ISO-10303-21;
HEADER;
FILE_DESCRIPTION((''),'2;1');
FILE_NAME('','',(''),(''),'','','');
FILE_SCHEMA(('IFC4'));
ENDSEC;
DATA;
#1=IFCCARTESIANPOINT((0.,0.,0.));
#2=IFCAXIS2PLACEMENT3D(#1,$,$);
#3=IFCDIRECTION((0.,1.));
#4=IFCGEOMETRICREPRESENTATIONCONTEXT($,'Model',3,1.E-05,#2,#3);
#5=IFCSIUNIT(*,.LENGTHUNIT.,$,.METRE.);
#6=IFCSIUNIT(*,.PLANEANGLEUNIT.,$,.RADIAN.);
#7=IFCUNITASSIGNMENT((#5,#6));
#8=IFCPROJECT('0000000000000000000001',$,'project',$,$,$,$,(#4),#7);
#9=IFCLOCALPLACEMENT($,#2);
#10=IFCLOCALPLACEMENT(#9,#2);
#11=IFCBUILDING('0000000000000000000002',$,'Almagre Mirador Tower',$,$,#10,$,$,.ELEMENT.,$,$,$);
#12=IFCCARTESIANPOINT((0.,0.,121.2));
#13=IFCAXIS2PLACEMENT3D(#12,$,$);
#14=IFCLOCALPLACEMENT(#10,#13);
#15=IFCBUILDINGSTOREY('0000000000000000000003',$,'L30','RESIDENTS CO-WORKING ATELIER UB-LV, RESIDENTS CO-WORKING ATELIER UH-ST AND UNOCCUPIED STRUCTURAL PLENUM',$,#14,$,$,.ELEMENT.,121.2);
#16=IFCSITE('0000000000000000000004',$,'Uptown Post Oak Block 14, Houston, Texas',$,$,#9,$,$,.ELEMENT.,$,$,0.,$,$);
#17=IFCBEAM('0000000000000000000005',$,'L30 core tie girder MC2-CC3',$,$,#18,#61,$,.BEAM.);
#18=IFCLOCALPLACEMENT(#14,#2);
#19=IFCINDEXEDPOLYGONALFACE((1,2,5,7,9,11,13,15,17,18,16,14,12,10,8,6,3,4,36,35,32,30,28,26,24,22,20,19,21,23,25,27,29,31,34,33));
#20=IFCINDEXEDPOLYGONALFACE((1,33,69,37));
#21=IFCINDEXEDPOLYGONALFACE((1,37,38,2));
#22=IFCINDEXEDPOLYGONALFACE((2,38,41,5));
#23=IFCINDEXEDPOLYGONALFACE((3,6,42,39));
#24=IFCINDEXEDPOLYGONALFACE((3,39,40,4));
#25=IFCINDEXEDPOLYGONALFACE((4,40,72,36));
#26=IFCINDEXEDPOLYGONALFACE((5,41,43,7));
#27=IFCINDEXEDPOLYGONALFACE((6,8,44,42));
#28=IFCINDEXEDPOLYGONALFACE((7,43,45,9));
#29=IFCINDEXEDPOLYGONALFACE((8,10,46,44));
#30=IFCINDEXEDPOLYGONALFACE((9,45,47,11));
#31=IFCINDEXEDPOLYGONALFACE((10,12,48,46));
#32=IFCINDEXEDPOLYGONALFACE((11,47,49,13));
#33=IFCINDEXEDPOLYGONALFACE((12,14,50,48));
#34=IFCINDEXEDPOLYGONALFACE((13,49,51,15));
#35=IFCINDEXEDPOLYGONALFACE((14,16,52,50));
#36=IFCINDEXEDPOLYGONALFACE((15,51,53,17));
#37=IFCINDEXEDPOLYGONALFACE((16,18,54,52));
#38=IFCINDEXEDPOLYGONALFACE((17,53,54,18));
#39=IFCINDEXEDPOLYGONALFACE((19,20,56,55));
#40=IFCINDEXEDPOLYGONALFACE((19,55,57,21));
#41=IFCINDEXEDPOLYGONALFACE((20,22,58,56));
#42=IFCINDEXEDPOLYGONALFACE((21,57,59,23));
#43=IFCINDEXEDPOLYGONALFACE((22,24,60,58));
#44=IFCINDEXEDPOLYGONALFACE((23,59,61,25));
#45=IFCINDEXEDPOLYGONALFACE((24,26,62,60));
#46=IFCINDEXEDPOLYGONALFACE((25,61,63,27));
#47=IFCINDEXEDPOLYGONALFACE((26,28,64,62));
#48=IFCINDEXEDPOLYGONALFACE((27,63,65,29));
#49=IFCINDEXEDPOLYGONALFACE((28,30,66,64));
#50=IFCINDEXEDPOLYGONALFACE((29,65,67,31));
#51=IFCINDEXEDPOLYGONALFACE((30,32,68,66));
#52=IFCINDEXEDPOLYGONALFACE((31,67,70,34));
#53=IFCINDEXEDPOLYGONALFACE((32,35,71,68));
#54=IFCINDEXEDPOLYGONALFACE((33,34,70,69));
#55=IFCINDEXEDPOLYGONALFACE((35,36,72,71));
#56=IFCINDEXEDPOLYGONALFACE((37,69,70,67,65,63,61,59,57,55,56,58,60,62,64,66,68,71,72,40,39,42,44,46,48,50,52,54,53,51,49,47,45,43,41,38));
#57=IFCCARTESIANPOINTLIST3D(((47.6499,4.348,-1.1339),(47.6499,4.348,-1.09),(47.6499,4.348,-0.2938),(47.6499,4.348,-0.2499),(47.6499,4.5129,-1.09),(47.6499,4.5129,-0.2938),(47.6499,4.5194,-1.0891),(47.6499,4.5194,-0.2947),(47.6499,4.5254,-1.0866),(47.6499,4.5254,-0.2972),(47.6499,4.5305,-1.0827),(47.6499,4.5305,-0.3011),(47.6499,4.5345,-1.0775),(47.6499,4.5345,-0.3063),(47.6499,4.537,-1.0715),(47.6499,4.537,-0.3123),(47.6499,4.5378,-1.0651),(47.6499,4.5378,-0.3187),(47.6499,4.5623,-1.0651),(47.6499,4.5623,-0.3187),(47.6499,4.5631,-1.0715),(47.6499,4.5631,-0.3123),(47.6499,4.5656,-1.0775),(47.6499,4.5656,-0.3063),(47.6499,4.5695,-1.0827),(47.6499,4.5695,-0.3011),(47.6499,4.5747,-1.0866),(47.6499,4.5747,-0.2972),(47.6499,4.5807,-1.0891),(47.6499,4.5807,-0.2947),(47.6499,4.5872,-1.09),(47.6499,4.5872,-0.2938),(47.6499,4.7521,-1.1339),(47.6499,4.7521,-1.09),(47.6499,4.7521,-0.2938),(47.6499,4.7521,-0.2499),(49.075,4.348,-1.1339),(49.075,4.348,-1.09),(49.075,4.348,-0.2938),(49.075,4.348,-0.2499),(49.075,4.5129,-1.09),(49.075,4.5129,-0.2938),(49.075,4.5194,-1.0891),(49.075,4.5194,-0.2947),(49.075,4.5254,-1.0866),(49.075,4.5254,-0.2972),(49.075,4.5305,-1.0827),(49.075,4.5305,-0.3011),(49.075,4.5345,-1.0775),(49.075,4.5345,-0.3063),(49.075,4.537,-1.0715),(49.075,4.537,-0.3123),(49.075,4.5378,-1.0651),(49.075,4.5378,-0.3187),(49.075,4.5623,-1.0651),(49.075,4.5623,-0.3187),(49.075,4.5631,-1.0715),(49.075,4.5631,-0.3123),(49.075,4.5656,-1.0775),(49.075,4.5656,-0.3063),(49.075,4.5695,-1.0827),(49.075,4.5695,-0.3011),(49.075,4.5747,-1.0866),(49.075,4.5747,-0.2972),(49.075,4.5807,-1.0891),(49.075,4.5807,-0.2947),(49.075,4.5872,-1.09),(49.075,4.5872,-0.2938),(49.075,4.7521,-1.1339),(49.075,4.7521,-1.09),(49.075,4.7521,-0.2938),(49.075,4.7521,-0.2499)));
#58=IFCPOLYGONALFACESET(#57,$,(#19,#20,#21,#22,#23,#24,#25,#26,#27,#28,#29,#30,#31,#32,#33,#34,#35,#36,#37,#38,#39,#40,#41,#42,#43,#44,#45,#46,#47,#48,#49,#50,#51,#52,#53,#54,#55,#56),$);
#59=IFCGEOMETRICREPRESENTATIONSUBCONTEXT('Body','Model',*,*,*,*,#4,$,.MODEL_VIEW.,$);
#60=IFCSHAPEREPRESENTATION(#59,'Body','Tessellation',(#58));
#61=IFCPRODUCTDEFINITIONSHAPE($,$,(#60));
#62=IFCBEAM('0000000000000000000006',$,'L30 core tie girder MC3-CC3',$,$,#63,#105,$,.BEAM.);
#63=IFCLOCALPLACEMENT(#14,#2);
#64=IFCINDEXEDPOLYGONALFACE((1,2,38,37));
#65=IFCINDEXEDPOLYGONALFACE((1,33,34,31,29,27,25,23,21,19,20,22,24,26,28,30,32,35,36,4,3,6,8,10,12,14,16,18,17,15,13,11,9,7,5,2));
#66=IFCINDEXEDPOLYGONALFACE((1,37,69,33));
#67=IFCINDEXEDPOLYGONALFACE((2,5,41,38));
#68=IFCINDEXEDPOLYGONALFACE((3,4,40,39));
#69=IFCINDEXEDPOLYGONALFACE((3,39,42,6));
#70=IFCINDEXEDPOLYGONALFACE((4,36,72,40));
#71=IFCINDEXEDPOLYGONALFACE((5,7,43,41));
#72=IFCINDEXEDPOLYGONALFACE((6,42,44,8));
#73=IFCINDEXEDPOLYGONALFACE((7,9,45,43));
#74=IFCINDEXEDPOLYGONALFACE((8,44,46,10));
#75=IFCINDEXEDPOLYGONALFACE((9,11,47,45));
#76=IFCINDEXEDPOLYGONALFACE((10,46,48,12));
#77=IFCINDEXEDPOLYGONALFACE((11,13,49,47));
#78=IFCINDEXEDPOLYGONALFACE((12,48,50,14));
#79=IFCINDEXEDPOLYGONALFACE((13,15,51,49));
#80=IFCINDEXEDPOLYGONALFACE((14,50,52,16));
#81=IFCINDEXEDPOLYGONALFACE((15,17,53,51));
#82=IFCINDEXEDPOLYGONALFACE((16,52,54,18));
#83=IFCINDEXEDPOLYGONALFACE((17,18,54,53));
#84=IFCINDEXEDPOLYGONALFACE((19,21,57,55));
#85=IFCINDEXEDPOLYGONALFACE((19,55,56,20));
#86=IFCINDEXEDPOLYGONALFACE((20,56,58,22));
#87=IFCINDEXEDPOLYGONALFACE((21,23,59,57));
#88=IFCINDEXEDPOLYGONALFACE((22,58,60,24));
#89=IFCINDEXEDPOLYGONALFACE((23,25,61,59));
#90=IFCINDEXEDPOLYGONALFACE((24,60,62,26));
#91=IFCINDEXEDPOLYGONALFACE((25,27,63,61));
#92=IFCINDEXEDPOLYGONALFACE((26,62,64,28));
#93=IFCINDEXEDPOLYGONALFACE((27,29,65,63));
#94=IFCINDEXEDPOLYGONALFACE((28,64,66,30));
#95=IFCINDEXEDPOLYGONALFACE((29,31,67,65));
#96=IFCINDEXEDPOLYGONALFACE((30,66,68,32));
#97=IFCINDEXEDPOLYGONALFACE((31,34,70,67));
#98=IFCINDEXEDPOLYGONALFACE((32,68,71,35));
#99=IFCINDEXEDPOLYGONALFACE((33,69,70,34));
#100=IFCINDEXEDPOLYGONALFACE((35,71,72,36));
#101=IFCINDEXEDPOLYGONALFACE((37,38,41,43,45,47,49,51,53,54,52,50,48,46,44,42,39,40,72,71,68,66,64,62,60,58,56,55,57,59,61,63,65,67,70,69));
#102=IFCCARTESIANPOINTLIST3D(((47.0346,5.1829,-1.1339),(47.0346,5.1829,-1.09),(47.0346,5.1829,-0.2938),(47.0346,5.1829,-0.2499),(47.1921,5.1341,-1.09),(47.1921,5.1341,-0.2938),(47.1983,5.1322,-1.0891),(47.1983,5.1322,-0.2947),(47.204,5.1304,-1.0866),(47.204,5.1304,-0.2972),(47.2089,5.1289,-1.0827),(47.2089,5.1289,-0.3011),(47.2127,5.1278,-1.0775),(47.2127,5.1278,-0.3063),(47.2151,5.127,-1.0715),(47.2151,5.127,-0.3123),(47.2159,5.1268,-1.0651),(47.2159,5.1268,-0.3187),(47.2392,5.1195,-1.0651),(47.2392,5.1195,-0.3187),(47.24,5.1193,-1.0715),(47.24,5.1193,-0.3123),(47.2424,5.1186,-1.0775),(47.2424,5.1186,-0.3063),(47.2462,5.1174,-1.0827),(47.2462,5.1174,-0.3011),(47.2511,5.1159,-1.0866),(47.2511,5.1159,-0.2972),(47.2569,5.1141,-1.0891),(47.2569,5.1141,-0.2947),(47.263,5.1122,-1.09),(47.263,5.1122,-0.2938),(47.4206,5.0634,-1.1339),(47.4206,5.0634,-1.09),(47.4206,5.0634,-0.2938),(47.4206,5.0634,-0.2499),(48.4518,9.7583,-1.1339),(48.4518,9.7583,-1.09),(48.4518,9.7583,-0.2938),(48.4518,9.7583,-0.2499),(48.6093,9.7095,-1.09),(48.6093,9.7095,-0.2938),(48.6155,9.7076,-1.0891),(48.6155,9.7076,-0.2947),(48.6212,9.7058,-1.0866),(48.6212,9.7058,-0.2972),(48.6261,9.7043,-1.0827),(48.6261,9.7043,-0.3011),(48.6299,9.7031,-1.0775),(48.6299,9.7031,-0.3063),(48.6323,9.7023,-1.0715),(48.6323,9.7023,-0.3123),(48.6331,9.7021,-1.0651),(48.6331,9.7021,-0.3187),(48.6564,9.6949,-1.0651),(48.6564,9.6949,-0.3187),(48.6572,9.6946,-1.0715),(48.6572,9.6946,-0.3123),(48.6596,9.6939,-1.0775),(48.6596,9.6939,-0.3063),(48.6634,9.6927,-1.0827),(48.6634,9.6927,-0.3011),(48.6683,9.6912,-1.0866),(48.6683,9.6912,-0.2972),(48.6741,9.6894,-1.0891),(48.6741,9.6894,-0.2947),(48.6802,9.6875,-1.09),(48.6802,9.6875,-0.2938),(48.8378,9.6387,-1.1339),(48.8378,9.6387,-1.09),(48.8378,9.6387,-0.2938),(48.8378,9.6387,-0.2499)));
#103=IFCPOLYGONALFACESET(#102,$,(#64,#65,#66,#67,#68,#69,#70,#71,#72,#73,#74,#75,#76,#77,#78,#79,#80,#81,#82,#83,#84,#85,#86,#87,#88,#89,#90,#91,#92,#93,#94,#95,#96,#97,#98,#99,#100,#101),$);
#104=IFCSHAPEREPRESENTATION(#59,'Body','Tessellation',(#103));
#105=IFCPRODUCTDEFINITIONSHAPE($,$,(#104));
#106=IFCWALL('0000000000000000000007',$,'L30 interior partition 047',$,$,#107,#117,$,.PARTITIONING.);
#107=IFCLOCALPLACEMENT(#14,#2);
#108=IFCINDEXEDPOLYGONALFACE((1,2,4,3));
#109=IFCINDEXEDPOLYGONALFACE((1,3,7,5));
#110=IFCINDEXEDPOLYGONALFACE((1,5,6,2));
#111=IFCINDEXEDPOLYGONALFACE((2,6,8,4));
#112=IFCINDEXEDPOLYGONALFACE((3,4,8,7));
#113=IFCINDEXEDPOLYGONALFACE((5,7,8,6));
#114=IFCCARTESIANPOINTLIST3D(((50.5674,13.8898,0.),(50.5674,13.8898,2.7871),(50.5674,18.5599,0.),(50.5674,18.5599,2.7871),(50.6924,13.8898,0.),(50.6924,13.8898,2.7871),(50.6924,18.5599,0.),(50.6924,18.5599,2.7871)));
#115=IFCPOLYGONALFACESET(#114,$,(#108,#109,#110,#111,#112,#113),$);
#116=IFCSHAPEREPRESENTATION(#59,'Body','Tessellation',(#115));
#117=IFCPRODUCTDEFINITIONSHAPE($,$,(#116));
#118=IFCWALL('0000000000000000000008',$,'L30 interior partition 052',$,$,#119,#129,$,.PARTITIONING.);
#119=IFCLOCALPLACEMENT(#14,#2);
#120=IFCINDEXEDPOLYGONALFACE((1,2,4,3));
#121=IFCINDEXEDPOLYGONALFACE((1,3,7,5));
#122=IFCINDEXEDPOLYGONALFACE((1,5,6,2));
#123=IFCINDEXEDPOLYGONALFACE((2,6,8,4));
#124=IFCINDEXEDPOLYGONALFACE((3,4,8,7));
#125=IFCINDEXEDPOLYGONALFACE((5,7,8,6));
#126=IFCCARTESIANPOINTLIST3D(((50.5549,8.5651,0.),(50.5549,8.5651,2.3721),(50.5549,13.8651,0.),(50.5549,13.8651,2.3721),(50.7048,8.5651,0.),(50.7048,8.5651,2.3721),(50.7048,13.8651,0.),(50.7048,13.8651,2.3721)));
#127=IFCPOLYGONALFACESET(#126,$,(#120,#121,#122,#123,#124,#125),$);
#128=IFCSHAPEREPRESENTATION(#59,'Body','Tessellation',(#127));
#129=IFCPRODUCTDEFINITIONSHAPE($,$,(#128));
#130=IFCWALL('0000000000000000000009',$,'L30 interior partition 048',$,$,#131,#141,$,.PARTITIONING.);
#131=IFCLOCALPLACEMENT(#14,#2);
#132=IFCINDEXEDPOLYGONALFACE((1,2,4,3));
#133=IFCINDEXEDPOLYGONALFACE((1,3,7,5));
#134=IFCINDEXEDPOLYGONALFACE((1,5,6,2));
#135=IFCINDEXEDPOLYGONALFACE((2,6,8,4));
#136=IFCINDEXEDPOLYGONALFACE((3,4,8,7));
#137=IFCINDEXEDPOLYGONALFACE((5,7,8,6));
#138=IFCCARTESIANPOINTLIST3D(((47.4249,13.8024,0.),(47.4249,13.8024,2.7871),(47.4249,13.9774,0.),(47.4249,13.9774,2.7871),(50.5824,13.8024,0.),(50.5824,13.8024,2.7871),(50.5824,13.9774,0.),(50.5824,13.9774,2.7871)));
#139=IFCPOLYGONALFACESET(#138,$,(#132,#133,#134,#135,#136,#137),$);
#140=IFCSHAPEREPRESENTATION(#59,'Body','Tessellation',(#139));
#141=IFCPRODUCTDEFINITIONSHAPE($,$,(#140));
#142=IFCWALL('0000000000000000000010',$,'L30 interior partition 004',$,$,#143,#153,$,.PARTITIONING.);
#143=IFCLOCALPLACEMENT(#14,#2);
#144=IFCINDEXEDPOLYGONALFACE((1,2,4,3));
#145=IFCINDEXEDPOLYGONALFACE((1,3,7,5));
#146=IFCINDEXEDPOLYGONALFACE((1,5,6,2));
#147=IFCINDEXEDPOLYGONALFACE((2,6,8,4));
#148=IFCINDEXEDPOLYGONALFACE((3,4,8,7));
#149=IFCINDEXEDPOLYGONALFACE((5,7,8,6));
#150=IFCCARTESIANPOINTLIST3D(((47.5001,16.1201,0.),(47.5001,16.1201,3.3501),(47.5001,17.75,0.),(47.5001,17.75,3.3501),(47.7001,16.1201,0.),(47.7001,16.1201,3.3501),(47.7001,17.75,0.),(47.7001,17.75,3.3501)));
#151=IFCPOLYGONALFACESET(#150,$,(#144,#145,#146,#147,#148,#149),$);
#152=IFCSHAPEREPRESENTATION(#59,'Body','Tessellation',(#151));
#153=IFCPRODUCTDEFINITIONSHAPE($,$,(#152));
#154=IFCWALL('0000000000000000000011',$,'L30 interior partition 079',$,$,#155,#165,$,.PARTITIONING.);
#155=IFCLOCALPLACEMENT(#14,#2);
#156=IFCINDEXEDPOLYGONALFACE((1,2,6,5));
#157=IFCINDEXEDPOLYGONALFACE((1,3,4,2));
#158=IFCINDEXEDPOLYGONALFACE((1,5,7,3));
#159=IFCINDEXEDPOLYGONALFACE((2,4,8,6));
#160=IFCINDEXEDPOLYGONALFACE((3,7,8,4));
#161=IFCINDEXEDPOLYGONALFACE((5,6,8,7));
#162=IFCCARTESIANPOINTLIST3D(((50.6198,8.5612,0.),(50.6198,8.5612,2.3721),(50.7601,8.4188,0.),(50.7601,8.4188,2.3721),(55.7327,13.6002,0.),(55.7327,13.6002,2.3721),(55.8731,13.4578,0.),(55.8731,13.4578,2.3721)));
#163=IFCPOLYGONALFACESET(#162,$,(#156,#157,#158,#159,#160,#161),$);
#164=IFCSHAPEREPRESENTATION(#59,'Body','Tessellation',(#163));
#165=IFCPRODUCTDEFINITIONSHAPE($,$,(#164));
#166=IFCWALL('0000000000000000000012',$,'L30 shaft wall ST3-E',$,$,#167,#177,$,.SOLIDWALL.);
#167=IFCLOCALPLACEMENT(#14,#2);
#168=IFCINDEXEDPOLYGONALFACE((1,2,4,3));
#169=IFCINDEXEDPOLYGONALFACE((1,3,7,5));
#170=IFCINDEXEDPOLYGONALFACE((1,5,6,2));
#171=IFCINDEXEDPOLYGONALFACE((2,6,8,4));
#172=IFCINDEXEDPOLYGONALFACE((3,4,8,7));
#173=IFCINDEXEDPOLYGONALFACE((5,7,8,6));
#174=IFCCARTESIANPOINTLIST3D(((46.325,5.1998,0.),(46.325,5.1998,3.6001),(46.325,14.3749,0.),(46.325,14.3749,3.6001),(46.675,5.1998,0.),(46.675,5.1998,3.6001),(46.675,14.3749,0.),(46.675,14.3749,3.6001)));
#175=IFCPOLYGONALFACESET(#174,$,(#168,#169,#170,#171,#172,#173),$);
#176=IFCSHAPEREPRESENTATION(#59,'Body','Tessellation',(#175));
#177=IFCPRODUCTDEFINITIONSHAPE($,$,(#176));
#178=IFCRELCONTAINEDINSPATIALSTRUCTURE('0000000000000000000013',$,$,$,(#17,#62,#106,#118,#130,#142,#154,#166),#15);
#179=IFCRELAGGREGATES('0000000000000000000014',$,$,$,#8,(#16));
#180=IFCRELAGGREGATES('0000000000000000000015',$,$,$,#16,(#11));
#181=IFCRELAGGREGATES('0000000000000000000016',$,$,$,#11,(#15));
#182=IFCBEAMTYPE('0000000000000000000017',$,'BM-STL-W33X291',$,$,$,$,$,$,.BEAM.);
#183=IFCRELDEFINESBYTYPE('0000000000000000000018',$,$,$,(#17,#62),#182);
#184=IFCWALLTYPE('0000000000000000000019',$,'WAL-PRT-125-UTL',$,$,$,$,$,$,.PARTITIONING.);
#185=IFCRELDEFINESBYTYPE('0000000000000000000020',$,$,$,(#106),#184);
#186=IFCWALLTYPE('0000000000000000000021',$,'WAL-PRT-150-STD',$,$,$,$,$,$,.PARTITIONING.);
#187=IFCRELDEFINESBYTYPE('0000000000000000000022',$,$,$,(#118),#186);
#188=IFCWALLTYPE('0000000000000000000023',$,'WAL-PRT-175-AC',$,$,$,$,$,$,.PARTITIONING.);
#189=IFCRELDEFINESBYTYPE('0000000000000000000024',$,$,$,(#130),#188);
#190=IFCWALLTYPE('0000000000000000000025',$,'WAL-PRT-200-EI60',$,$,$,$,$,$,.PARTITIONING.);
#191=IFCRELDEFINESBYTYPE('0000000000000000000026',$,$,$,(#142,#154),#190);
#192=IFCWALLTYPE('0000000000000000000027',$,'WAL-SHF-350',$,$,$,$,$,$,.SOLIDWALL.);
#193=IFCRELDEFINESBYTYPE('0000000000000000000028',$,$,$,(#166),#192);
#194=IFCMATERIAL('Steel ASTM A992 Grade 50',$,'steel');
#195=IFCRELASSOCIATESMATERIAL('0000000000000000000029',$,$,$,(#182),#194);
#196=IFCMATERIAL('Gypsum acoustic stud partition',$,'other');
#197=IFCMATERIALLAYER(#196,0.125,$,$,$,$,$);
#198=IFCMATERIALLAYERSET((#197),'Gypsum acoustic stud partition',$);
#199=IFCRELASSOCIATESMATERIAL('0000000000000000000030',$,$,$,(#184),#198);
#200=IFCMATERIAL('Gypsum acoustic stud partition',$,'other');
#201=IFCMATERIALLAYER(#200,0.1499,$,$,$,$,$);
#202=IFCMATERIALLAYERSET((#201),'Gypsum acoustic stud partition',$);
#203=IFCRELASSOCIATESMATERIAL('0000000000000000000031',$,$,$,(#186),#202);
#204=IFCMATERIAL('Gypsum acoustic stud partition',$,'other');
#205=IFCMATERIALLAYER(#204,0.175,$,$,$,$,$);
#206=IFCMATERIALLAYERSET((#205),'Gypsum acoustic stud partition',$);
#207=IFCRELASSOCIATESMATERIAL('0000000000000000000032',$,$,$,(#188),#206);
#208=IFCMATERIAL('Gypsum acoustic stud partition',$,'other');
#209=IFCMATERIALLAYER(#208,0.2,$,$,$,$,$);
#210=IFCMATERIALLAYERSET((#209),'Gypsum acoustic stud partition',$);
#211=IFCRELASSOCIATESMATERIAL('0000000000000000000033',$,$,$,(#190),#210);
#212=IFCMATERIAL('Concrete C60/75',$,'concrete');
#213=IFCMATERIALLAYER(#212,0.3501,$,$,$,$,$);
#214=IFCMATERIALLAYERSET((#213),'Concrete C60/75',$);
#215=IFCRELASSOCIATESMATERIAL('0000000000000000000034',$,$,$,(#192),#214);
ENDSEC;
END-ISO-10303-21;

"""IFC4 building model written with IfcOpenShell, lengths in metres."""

from ifc_helpers import new_model, si_unit, direction, frame, frame_2d, origin, origin_2d, place, context, subcontext, project, spatial, rectangle, i_section, extrude, material, layer, layer_set, material_profile, profile_set, type_object, element, save


model = new_model("IFC4")

# Units and contexts
model_context = context("Model", 3, precision=1e-05, world=origin(), true_north=direction((0.0, 1.0)))
body_context = subcontext(model_context, "Body", "Model", "MODEL_VIEW")
ifc_project = project(units=[si_unit("LENGTHUNIT", "METRE"), si_unit("PLANEANGLEUNIT", "RADIAN")], contexts=[model_context])

# Site, building, storey
site_placement = place(None, origin())
site = spatial("IfcSite", under=ifc_project, at=site_placement, Name="Uptown Post Oak Block 14, Houston, Texas", CompositionType="ELEMENT", RefElevation=0.0)
building_placement = place(site_placement, origin())
building = spatial("IfcBuilding", under=site, at=building_placement, Name="Almagre Mirador Tower", CompositionType="ELEMENT")
storey_placement = place(building_placement, frame((0.0, 0.0, 121.2)))
storey = spatial("IfcBuildingStorey", under=building, at=storey_placement, Name="L30", Description="RESIDENTS CO-WORKING ATELIER UB-LV, RESIDENTS CO-WORKING ATELIER UH-ST AND UNOCCUPIED STRUCTURAL PLENUM", CompositionType="ELEMENT", Elevation=121.2)

# Beams
ifc_material_1 = material(Name="Steel ASTM A992 Grade 50", Category="steel")
ifc_material_profile_1 = material_profile(ifc_material_1, i_section(OverallWidth=0.4041, OverallDepth=0.884, WebThickness=0.0244, FlangeThickness=0.0439, FilletRadius=0.0249, at=origin_2d()), Name="W33X291")
ifc_profile_set_1 = profile_set([ifc_material_profile_1], Name="Steel ASTM A992 Grade 50")
beam_type_1 = type_object("IfcBeamType", Name="BM-STL-W33X291", PredefinedType="BEAM", material=ifc_profile_set_1)
beam_1_placement = place(storey_placement, frame((49.075, 4.55, -0.6919), z_axis=(-1.0, 0.0, 0.0), x_axis=(0.0, -1.0, 0.0)))
element("IfcBeam", 1, at=beam_1_placement, inside=storey, type_object=beam_type_1, Name="L30 core tie girder MC2-CC3", PredefinedType="BEAM", context=body_context, shape_type="SweptSolid", body=[
    extrude(i_section(OverallWidth=0.4041, OverallDepth=0.884, WebThickness=0.0244, FlangeThickness=0.0439, FilletRadius=0.0249, at=origin_2d()), origin(), (0.0, 0.0, 1.0), 1.425),
])
beam_2_placement = place(storey_placement, frame((48.6448, 9.6985, -0.6919), z_axis=(-0.29588, -0.955225, 0.0), x_axis=(0.955225, -0.29588, 0.0)))
element("IfcBeam", 2, at=beam_2_placement, inside=storey, type_object=beam_type_1, Name="L30 core tie girder MC3-CC3", PredefinedType="BEAM", context=body_context, shape_type="SweptSolid", body=[
    extrude(i_section(OverallWidth=0.4041, OverallDepth=0.884, WebThickness=0.0244, FlangeThickness=0.0439, FilletRadius=0.0249, at=origin_2d()), origin(), (0.0, 0.0, 1.0), 4.7898),
])

# Walls
ifc_material_2 = material(Name="Gypsum acoustic stud partition", Category="other")
ifc_layer_1 = layer(ifc_material_2, 0.125)
ifc_layer_set_1 = layer_set([ifc_layer_1], Name="Gypsum acoustic stud partition")
wall_type_1 = type_object("IfcWallType", Name="WAL-PRT-125-UTL", PredefinedType="PARTITIONING", material=ifc_layer_set_1)
wall_1_placement = place(storey_placement, frame((50.6299, 13.8899, 0.0), z_axis=(0.0, 0.0, 1.0), x_axis=(0.0, 1.0, 0.0)))
element("IfcWall", 3, at=wall_1_placement, inside=storey, type_object=wall_type_1, Name="L30 interior partition 047", PredefinedType="PARTITIONING", context=body_context, shape_type="SweptSolid", body=[
    extrude(rectangle(XDim=4.6702, YDim=0.125, at=frame_2d((2.335, 0.0))), origin(), (0.0, 0.0, 1.0), 2.7871),
])
ifc_material_3 = material(Name="Gypsum acoustic stud partition", Category="other")
ifc_layer_2 = layer(ifc_material_3, 0.1499)
ifc_layer_set_2 = layer_set([ifc_layer_2], Name="Gypsum acoustic stud partition")
wall_type_2 = type_object("IfcWallType", Name="WAL-PRT-150-STD", PredefinedType="PARTITIONING", material=ifc_layer_set_2)
wall_2_placement = place(storey_placement, frame((50.6299, 13.865, 0.0), z_axis=(0.0, 0.0, 1.0), x_axis=(0.0, -1.0, 0.0)))
element("IfcWall", 4, at=wall_2_placement, inside=storey, type_object=wall_type_2, Name="L30 interior partition 052", PredefinedType="PARTITIONING", context=body_context, shape_type="SweptSolid", body=[
    extrude(rectangle(XDim=5.3, YDim=0.1499, at=frame_2d((2.6499, 0.0))), origin(), (0.0, 0.0, 1.0), 2.3721),
])
ifc_material_4 = material(Name="Gypsum acoustic stud partition", Category="other")
ifc_layer_3 = layer(ifc_material_4, 0.175)
ifc_layer_set_3 = layer_set([ifc_layer_3], Name="Gypsum acoustic stud partition")
wall_type_3 = type_object("IfcWallType", Name="WAL-PRT-175-AC", PredefinedType="PARTITIONING", material=ifc_layer_set_3)
wall_3_placement = place(storey_placement, frame((47.425, 13.8899, 0.0), z_axis=(0.0, 0.0, 1.0), x_axis=(1.0, 0.0, 0.0)))
element("IfcWall", 5, at=wall_3_placement, inside=storey, type_object=wall_type_3, Name="L30 interior partition 048", PredefinedType="PARTITIONING", context=body_context, shape_type="SweptSolid", body=[
    extrude(rectangle(XDim=3.1575, YDim=0.175, at=frame_2d((1.5786, 0.0))), origin(), (0.0, 0.0, 1.0), 2.7871),
])
ifc_material_5 = material(Name="Gypsum acoustic stud partition", Category="other")
ifc_layer_4 = layer(ifc_material_5, 0.2)
ifc_layer_set_4 = layer_set([ifc_layer_4], Name="Gypsum acoustic stud partition")
wall_type_4 = type_object("IfcWallType", Name="WAL-PRT-200-EI60", PredefinedType="PARTITIONING", material=ifc_layer_set_4)
wall_4_placement = place(storey_placement, frame((47.6001, 16.1201, 0.0), z_axis=(0.0, 0.0, 1.0), x_axis=(0.0, 1.0, 0.0)))
element("IfcWall", 6, at=wall_4_placement, inside=storey, type_object=wall_type_4, Name="L30 interior partition 004", PredefinedType="PARTITIONING", context=body_context, shape_type="SweptSolid", body=[
    extrude(rectangle(XDim=1.6299, YDim=0.2, at=frame_2d((0.8149, 0.0))), origin(), (0.0, 0.0, 1.0), 3.3501),
])
wall_5_placement = place(storey_placement, frame((50.6899, 8.49, 0.0), z_axis=(0.0, 0.0, 1.0), x_axis=(0.71224, 0.701936, 0.0)))
element("IfcWall", 7, at=wall_5_placement, inside=storey, type_object=wall_type_4, Name="L30 interior partition 079", PredefinedType="PARTITIONING", context=body_context, shape_type="SweptSolid", body=[
    extrude(rectangle(XDim=7.1787, YDim=0.2, at=frame_2d((3.5894, 0.0))), origin(), (0.0, 0.0, 1.0), 2.3721),
])
ifc_material_6 = material(Name="Concrete C60/75", Category="concrete")
ifc_layer_5 = layer(ifc_material_6, 0.3501)
ifc_layer_set_5 = layer_set([ifc_layer_5], Name="Concrete C60/75")
wall_type_5 = type_object("IfcWallType", Name="WAL-SHF-350", PredefinedType="SOLIDWALL", material=ifc_layer_set_5)
wall_6_placement = place(storey_placement, frame((46.5, 5.2, 0.0), z_axis=(0.0, 0.0, 1.0), x_axis=(0.0, 1.0, 0.0)))
element("IfcWall", 8, at=wall_6_placement, inside=storey, type_object=wall_type_5, Name="L30 shaft wall ST3-E", PredefinedType="SOLIDWALL", context=body_context, shape_type="SweptSolid", body=[
    extrude(rectangle(XDim=9.175, YDim=0.3501, at=frame_2d((4.5874, 0.0))), origin(), (0.0, 0.0, 1.0), 3.6001),
])

save(model, "model.ifc")
